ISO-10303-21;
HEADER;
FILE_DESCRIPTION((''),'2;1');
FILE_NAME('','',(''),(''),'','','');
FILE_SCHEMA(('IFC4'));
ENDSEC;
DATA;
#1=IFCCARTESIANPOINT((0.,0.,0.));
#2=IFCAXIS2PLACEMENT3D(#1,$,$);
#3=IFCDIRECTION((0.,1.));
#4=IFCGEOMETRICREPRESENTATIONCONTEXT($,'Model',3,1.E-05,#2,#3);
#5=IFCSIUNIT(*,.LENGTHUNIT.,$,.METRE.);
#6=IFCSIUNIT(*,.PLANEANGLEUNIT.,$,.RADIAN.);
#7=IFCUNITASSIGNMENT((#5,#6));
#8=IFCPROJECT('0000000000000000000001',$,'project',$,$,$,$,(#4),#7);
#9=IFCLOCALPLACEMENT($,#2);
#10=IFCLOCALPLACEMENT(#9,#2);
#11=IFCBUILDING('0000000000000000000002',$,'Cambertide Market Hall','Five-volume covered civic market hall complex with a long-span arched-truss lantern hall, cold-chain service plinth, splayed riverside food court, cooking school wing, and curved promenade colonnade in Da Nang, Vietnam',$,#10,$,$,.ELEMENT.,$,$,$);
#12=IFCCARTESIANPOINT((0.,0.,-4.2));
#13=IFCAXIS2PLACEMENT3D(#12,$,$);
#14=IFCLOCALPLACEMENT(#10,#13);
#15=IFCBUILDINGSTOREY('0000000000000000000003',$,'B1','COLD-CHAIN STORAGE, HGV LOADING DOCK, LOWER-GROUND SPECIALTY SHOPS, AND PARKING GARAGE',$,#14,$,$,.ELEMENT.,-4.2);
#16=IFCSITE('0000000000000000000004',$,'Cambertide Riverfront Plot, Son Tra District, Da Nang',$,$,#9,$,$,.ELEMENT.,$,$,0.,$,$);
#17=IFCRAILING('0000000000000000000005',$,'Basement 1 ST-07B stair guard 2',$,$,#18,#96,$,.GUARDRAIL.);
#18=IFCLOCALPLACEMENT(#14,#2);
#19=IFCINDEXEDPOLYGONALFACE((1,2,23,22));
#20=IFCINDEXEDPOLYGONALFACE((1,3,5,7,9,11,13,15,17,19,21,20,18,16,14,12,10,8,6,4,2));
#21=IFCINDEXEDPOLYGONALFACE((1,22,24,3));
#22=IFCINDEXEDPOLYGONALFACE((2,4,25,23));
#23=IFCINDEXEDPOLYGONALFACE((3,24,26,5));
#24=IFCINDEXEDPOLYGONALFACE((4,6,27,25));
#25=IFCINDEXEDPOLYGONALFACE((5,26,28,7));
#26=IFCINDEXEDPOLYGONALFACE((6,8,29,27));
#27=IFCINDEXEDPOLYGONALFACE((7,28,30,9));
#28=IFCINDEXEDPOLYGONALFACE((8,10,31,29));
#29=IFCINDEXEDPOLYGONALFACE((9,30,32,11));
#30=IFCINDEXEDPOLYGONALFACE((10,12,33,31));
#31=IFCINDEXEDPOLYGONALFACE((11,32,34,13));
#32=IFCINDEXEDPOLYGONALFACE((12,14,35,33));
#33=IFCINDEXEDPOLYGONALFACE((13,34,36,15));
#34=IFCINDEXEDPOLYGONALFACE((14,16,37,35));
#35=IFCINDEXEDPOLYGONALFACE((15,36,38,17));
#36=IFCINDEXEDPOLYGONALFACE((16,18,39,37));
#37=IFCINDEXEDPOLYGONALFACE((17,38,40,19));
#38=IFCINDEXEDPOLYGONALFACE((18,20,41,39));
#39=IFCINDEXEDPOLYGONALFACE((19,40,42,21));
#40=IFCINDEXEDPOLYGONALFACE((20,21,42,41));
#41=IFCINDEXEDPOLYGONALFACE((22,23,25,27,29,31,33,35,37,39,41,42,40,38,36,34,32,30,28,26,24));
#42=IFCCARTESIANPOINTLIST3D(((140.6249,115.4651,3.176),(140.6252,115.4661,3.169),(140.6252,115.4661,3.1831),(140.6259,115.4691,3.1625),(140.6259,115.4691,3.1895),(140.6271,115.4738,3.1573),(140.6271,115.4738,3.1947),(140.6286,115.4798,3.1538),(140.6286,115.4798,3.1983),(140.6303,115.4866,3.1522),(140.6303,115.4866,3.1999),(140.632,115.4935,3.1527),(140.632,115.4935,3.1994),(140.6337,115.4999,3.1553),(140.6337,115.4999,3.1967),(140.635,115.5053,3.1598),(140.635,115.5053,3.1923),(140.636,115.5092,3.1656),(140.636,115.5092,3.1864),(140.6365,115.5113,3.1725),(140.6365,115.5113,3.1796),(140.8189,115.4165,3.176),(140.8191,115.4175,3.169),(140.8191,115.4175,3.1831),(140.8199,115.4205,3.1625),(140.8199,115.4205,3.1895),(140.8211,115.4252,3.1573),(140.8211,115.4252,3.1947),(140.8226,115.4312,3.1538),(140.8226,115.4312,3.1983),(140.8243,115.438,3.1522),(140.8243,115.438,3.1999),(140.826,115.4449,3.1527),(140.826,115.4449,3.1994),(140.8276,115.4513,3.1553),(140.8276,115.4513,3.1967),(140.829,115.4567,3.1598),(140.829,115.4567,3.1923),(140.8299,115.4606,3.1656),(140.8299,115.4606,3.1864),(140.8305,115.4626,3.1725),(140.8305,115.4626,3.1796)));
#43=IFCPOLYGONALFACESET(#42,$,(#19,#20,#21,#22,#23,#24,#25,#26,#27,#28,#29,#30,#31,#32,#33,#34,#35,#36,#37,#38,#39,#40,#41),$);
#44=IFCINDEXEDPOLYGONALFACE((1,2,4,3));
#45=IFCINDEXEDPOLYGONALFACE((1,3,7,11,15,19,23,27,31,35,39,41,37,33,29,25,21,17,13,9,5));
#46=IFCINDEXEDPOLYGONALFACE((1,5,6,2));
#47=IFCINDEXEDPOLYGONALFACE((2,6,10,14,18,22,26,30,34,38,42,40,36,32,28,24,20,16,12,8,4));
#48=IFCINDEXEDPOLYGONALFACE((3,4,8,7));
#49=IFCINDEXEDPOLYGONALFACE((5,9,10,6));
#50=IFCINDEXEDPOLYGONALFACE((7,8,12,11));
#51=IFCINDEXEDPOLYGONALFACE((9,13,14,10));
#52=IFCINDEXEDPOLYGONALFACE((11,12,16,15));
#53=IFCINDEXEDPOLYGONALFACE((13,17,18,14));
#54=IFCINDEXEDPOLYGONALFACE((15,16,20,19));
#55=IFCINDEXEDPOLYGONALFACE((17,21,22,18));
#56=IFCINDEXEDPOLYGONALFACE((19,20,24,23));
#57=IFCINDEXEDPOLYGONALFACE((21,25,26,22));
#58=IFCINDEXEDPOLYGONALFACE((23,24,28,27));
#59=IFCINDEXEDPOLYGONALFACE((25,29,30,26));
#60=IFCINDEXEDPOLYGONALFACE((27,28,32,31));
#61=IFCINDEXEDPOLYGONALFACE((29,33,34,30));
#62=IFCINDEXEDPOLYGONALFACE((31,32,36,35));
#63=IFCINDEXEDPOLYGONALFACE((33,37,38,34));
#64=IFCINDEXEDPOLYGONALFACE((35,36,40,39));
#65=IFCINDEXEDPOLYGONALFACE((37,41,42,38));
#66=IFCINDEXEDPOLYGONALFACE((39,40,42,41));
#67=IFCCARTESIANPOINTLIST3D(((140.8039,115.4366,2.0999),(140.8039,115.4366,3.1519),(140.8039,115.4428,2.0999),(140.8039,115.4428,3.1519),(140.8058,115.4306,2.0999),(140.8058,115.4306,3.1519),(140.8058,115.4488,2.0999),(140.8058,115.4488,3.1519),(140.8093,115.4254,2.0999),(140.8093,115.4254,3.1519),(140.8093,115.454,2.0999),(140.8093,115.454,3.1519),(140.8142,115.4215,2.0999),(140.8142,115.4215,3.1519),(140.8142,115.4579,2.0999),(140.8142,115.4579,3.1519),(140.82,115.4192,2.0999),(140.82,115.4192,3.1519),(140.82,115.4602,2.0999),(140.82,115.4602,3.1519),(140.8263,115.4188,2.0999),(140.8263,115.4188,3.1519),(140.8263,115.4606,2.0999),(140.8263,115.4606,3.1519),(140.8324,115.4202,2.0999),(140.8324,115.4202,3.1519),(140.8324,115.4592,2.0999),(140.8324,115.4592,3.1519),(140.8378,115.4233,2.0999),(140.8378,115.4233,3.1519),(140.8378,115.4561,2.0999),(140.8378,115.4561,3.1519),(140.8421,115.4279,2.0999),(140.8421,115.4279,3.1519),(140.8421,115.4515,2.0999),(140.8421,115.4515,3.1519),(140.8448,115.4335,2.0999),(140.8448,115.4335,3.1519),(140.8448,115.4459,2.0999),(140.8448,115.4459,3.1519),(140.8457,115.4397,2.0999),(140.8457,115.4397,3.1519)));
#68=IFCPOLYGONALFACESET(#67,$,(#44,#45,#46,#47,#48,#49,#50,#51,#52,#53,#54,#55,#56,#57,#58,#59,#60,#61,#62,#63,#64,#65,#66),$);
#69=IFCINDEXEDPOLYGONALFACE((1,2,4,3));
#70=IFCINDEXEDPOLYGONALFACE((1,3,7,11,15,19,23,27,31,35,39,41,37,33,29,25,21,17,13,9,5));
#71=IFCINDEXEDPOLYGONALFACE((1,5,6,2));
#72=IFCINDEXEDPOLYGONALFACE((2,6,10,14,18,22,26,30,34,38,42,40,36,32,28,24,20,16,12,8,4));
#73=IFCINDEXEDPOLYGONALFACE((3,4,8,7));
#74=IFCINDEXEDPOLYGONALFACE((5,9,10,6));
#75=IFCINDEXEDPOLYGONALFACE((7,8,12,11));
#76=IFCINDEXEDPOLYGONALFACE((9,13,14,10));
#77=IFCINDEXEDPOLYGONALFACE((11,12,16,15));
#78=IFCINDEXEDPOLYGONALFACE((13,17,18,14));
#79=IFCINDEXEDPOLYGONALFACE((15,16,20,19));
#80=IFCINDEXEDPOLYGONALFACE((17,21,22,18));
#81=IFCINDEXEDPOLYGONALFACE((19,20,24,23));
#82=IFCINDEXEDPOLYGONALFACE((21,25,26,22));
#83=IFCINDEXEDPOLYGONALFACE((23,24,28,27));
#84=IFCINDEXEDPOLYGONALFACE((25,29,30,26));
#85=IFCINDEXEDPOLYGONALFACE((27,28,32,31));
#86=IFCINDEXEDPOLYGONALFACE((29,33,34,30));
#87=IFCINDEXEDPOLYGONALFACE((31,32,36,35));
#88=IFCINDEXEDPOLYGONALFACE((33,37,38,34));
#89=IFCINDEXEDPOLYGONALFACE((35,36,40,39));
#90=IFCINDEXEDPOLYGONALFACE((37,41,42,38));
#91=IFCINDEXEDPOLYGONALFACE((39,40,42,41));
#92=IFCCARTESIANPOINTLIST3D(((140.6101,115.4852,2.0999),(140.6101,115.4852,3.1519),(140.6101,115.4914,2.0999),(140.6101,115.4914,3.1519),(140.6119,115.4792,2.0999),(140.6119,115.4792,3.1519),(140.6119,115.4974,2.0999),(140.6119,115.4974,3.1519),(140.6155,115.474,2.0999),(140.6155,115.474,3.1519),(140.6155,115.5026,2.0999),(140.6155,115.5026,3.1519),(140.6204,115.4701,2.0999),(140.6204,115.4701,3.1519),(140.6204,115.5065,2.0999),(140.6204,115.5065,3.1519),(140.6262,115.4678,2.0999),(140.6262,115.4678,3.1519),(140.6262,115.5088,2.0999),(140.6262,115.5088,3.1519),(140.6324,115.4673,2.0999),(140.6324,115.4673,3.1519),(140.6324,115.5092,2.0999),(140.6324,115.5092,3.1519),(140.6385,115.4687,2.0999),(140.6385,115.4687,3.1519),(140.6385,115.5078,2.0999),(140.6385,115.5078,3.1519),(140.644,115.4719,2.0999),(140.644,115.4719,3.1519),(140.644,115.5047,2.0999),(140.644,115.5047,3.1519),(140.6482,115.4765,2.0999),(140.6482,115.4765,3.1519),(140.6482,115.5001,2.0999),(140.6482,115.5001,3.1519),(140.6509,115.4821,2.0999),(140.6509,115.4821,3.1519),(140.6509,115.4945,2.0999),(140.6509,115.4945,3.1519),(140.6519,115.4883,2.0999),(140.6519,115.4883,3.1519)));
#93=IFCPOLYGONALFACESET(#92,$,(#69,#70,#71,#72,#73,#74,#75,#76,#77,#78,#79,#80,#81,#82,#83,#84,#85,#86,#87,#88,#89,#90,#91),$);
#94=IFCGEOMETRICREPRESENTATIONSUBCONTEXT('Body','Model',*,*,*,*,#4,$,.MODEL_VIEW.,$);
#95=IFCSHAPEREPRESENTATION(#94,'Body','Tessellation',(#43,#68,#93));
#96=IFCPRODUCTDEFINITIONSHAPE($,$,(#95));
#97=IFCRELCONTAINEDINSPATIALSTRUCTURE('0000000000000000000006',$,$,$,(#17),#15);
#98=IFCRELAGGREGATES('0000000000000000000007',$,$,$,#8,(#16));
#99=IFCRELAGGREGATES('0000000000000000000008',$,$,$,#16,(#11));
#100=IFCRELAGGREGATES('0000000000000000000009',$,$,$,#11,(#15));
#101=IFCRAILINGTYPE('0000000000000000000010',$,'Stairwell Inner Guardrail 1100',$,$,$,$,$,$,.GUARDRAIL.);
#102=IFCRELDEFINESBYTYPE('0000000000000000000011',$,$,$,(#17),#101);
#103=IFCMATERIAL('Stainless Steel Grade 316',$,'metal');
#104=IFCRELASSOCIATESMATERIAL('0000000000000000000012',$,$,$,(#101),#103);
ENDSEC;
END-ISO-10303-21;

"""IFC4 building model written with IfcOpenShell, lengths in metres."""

from ifc_helpers import new_model, si_unit, direction, frame, origin, origin_2d, place, context, subcontext, project, spatial, circle, extrude, material, type_object, element, save


model = new_model("IFC4")

# Units and contexts
model_context = context("Model", 3, precision=1e-05, world=origin(), true_north=direction((0.0, 1.0)))
body_context = subcontext(model_context, "Body", "Model", "MODEL_VIEW")
ifc_project = project(units=[si_unit("LENGTHUNIT", "METRE"), si_unit("PLANEANGLEUNIT", "RADIAN")], contexts=[model_context])

# Site, building, storey
site_placement = place(None, origin())
site = spatial("IfcSite", under=ifc_project, at=site_placement, Name="Cambertide Riverfront Plot, Son Tra District, Da Nang", CompositionType="ELEMENT", RefElevation=0.0)
building_placement = place(site_placement, origin())
building = spatial("IfcBuilding", under=site, at=building_placement, Name="Cambertide Market Hall", Description="Five-volume covered civic market hall complex with a long-span arched-truss lantern hall, cold-chain service plinth, splayed riverside food court, cooking school wing, and curved promenade colonnade in Da Nang, Vietnam", CompositionType="ELEMENT")
storey_placement = place(building_placement, frame((0.0, 0.0, -4.2)))
storey = spatial("IfcBuildingStorey", under=building, at=storey_placement, Name="B1", Description="COLD-CHAIN STORAGE, HGV LOADING DOCK, LOWER-GROUND SPECIALTY SHOPS, AND PARKING GARAGE", CompositionType="ELEMENT", Elevation=-4.2)

# Railing
ifc_material_1 = material(Name="Stainless Steel Grade 316", Category="metal")
railing_type_1 = type_object("IfcRailingType", Name="Stairwell Inner Guardrail 1100", PredefinedType="GUARDRAIL", material=ifc_material_1)
railing_1_placement = place(storey_placement, frame((140.8247, 115.4397, 2.0999)))
element("IfcRailing", 1, at=railing_1_placement, inside=storey, type_object=railing_type_1, Name="Basement 1 ST-07B stair guard 2", PredefinedType="GUARDRAIL", context=body_context, shape_type="SweptSolid", body=[
    extrude(circle(Radius=0.0239, at=origin_2d()), frame((0.0, 0.0, 1.0762), z_axis=(-0.969999, 0.24311, 0.0), x_axis=(-0.24311, -0.969999, 0.0)), (0.0, 0.0, 1.0), 0.2),
    extrude(circle(Radius=0.021, at=origin_2d()), origin(), (0.0, 0.0, 1.0), 1.052),
    extrude(circle(Radius=0.021, at=origin_2d()), frame((-0.1938, 0.0486, 0.0)), (0.0, 0.0, 1.0), 1.052),
])

save(model, "model.ifc")
